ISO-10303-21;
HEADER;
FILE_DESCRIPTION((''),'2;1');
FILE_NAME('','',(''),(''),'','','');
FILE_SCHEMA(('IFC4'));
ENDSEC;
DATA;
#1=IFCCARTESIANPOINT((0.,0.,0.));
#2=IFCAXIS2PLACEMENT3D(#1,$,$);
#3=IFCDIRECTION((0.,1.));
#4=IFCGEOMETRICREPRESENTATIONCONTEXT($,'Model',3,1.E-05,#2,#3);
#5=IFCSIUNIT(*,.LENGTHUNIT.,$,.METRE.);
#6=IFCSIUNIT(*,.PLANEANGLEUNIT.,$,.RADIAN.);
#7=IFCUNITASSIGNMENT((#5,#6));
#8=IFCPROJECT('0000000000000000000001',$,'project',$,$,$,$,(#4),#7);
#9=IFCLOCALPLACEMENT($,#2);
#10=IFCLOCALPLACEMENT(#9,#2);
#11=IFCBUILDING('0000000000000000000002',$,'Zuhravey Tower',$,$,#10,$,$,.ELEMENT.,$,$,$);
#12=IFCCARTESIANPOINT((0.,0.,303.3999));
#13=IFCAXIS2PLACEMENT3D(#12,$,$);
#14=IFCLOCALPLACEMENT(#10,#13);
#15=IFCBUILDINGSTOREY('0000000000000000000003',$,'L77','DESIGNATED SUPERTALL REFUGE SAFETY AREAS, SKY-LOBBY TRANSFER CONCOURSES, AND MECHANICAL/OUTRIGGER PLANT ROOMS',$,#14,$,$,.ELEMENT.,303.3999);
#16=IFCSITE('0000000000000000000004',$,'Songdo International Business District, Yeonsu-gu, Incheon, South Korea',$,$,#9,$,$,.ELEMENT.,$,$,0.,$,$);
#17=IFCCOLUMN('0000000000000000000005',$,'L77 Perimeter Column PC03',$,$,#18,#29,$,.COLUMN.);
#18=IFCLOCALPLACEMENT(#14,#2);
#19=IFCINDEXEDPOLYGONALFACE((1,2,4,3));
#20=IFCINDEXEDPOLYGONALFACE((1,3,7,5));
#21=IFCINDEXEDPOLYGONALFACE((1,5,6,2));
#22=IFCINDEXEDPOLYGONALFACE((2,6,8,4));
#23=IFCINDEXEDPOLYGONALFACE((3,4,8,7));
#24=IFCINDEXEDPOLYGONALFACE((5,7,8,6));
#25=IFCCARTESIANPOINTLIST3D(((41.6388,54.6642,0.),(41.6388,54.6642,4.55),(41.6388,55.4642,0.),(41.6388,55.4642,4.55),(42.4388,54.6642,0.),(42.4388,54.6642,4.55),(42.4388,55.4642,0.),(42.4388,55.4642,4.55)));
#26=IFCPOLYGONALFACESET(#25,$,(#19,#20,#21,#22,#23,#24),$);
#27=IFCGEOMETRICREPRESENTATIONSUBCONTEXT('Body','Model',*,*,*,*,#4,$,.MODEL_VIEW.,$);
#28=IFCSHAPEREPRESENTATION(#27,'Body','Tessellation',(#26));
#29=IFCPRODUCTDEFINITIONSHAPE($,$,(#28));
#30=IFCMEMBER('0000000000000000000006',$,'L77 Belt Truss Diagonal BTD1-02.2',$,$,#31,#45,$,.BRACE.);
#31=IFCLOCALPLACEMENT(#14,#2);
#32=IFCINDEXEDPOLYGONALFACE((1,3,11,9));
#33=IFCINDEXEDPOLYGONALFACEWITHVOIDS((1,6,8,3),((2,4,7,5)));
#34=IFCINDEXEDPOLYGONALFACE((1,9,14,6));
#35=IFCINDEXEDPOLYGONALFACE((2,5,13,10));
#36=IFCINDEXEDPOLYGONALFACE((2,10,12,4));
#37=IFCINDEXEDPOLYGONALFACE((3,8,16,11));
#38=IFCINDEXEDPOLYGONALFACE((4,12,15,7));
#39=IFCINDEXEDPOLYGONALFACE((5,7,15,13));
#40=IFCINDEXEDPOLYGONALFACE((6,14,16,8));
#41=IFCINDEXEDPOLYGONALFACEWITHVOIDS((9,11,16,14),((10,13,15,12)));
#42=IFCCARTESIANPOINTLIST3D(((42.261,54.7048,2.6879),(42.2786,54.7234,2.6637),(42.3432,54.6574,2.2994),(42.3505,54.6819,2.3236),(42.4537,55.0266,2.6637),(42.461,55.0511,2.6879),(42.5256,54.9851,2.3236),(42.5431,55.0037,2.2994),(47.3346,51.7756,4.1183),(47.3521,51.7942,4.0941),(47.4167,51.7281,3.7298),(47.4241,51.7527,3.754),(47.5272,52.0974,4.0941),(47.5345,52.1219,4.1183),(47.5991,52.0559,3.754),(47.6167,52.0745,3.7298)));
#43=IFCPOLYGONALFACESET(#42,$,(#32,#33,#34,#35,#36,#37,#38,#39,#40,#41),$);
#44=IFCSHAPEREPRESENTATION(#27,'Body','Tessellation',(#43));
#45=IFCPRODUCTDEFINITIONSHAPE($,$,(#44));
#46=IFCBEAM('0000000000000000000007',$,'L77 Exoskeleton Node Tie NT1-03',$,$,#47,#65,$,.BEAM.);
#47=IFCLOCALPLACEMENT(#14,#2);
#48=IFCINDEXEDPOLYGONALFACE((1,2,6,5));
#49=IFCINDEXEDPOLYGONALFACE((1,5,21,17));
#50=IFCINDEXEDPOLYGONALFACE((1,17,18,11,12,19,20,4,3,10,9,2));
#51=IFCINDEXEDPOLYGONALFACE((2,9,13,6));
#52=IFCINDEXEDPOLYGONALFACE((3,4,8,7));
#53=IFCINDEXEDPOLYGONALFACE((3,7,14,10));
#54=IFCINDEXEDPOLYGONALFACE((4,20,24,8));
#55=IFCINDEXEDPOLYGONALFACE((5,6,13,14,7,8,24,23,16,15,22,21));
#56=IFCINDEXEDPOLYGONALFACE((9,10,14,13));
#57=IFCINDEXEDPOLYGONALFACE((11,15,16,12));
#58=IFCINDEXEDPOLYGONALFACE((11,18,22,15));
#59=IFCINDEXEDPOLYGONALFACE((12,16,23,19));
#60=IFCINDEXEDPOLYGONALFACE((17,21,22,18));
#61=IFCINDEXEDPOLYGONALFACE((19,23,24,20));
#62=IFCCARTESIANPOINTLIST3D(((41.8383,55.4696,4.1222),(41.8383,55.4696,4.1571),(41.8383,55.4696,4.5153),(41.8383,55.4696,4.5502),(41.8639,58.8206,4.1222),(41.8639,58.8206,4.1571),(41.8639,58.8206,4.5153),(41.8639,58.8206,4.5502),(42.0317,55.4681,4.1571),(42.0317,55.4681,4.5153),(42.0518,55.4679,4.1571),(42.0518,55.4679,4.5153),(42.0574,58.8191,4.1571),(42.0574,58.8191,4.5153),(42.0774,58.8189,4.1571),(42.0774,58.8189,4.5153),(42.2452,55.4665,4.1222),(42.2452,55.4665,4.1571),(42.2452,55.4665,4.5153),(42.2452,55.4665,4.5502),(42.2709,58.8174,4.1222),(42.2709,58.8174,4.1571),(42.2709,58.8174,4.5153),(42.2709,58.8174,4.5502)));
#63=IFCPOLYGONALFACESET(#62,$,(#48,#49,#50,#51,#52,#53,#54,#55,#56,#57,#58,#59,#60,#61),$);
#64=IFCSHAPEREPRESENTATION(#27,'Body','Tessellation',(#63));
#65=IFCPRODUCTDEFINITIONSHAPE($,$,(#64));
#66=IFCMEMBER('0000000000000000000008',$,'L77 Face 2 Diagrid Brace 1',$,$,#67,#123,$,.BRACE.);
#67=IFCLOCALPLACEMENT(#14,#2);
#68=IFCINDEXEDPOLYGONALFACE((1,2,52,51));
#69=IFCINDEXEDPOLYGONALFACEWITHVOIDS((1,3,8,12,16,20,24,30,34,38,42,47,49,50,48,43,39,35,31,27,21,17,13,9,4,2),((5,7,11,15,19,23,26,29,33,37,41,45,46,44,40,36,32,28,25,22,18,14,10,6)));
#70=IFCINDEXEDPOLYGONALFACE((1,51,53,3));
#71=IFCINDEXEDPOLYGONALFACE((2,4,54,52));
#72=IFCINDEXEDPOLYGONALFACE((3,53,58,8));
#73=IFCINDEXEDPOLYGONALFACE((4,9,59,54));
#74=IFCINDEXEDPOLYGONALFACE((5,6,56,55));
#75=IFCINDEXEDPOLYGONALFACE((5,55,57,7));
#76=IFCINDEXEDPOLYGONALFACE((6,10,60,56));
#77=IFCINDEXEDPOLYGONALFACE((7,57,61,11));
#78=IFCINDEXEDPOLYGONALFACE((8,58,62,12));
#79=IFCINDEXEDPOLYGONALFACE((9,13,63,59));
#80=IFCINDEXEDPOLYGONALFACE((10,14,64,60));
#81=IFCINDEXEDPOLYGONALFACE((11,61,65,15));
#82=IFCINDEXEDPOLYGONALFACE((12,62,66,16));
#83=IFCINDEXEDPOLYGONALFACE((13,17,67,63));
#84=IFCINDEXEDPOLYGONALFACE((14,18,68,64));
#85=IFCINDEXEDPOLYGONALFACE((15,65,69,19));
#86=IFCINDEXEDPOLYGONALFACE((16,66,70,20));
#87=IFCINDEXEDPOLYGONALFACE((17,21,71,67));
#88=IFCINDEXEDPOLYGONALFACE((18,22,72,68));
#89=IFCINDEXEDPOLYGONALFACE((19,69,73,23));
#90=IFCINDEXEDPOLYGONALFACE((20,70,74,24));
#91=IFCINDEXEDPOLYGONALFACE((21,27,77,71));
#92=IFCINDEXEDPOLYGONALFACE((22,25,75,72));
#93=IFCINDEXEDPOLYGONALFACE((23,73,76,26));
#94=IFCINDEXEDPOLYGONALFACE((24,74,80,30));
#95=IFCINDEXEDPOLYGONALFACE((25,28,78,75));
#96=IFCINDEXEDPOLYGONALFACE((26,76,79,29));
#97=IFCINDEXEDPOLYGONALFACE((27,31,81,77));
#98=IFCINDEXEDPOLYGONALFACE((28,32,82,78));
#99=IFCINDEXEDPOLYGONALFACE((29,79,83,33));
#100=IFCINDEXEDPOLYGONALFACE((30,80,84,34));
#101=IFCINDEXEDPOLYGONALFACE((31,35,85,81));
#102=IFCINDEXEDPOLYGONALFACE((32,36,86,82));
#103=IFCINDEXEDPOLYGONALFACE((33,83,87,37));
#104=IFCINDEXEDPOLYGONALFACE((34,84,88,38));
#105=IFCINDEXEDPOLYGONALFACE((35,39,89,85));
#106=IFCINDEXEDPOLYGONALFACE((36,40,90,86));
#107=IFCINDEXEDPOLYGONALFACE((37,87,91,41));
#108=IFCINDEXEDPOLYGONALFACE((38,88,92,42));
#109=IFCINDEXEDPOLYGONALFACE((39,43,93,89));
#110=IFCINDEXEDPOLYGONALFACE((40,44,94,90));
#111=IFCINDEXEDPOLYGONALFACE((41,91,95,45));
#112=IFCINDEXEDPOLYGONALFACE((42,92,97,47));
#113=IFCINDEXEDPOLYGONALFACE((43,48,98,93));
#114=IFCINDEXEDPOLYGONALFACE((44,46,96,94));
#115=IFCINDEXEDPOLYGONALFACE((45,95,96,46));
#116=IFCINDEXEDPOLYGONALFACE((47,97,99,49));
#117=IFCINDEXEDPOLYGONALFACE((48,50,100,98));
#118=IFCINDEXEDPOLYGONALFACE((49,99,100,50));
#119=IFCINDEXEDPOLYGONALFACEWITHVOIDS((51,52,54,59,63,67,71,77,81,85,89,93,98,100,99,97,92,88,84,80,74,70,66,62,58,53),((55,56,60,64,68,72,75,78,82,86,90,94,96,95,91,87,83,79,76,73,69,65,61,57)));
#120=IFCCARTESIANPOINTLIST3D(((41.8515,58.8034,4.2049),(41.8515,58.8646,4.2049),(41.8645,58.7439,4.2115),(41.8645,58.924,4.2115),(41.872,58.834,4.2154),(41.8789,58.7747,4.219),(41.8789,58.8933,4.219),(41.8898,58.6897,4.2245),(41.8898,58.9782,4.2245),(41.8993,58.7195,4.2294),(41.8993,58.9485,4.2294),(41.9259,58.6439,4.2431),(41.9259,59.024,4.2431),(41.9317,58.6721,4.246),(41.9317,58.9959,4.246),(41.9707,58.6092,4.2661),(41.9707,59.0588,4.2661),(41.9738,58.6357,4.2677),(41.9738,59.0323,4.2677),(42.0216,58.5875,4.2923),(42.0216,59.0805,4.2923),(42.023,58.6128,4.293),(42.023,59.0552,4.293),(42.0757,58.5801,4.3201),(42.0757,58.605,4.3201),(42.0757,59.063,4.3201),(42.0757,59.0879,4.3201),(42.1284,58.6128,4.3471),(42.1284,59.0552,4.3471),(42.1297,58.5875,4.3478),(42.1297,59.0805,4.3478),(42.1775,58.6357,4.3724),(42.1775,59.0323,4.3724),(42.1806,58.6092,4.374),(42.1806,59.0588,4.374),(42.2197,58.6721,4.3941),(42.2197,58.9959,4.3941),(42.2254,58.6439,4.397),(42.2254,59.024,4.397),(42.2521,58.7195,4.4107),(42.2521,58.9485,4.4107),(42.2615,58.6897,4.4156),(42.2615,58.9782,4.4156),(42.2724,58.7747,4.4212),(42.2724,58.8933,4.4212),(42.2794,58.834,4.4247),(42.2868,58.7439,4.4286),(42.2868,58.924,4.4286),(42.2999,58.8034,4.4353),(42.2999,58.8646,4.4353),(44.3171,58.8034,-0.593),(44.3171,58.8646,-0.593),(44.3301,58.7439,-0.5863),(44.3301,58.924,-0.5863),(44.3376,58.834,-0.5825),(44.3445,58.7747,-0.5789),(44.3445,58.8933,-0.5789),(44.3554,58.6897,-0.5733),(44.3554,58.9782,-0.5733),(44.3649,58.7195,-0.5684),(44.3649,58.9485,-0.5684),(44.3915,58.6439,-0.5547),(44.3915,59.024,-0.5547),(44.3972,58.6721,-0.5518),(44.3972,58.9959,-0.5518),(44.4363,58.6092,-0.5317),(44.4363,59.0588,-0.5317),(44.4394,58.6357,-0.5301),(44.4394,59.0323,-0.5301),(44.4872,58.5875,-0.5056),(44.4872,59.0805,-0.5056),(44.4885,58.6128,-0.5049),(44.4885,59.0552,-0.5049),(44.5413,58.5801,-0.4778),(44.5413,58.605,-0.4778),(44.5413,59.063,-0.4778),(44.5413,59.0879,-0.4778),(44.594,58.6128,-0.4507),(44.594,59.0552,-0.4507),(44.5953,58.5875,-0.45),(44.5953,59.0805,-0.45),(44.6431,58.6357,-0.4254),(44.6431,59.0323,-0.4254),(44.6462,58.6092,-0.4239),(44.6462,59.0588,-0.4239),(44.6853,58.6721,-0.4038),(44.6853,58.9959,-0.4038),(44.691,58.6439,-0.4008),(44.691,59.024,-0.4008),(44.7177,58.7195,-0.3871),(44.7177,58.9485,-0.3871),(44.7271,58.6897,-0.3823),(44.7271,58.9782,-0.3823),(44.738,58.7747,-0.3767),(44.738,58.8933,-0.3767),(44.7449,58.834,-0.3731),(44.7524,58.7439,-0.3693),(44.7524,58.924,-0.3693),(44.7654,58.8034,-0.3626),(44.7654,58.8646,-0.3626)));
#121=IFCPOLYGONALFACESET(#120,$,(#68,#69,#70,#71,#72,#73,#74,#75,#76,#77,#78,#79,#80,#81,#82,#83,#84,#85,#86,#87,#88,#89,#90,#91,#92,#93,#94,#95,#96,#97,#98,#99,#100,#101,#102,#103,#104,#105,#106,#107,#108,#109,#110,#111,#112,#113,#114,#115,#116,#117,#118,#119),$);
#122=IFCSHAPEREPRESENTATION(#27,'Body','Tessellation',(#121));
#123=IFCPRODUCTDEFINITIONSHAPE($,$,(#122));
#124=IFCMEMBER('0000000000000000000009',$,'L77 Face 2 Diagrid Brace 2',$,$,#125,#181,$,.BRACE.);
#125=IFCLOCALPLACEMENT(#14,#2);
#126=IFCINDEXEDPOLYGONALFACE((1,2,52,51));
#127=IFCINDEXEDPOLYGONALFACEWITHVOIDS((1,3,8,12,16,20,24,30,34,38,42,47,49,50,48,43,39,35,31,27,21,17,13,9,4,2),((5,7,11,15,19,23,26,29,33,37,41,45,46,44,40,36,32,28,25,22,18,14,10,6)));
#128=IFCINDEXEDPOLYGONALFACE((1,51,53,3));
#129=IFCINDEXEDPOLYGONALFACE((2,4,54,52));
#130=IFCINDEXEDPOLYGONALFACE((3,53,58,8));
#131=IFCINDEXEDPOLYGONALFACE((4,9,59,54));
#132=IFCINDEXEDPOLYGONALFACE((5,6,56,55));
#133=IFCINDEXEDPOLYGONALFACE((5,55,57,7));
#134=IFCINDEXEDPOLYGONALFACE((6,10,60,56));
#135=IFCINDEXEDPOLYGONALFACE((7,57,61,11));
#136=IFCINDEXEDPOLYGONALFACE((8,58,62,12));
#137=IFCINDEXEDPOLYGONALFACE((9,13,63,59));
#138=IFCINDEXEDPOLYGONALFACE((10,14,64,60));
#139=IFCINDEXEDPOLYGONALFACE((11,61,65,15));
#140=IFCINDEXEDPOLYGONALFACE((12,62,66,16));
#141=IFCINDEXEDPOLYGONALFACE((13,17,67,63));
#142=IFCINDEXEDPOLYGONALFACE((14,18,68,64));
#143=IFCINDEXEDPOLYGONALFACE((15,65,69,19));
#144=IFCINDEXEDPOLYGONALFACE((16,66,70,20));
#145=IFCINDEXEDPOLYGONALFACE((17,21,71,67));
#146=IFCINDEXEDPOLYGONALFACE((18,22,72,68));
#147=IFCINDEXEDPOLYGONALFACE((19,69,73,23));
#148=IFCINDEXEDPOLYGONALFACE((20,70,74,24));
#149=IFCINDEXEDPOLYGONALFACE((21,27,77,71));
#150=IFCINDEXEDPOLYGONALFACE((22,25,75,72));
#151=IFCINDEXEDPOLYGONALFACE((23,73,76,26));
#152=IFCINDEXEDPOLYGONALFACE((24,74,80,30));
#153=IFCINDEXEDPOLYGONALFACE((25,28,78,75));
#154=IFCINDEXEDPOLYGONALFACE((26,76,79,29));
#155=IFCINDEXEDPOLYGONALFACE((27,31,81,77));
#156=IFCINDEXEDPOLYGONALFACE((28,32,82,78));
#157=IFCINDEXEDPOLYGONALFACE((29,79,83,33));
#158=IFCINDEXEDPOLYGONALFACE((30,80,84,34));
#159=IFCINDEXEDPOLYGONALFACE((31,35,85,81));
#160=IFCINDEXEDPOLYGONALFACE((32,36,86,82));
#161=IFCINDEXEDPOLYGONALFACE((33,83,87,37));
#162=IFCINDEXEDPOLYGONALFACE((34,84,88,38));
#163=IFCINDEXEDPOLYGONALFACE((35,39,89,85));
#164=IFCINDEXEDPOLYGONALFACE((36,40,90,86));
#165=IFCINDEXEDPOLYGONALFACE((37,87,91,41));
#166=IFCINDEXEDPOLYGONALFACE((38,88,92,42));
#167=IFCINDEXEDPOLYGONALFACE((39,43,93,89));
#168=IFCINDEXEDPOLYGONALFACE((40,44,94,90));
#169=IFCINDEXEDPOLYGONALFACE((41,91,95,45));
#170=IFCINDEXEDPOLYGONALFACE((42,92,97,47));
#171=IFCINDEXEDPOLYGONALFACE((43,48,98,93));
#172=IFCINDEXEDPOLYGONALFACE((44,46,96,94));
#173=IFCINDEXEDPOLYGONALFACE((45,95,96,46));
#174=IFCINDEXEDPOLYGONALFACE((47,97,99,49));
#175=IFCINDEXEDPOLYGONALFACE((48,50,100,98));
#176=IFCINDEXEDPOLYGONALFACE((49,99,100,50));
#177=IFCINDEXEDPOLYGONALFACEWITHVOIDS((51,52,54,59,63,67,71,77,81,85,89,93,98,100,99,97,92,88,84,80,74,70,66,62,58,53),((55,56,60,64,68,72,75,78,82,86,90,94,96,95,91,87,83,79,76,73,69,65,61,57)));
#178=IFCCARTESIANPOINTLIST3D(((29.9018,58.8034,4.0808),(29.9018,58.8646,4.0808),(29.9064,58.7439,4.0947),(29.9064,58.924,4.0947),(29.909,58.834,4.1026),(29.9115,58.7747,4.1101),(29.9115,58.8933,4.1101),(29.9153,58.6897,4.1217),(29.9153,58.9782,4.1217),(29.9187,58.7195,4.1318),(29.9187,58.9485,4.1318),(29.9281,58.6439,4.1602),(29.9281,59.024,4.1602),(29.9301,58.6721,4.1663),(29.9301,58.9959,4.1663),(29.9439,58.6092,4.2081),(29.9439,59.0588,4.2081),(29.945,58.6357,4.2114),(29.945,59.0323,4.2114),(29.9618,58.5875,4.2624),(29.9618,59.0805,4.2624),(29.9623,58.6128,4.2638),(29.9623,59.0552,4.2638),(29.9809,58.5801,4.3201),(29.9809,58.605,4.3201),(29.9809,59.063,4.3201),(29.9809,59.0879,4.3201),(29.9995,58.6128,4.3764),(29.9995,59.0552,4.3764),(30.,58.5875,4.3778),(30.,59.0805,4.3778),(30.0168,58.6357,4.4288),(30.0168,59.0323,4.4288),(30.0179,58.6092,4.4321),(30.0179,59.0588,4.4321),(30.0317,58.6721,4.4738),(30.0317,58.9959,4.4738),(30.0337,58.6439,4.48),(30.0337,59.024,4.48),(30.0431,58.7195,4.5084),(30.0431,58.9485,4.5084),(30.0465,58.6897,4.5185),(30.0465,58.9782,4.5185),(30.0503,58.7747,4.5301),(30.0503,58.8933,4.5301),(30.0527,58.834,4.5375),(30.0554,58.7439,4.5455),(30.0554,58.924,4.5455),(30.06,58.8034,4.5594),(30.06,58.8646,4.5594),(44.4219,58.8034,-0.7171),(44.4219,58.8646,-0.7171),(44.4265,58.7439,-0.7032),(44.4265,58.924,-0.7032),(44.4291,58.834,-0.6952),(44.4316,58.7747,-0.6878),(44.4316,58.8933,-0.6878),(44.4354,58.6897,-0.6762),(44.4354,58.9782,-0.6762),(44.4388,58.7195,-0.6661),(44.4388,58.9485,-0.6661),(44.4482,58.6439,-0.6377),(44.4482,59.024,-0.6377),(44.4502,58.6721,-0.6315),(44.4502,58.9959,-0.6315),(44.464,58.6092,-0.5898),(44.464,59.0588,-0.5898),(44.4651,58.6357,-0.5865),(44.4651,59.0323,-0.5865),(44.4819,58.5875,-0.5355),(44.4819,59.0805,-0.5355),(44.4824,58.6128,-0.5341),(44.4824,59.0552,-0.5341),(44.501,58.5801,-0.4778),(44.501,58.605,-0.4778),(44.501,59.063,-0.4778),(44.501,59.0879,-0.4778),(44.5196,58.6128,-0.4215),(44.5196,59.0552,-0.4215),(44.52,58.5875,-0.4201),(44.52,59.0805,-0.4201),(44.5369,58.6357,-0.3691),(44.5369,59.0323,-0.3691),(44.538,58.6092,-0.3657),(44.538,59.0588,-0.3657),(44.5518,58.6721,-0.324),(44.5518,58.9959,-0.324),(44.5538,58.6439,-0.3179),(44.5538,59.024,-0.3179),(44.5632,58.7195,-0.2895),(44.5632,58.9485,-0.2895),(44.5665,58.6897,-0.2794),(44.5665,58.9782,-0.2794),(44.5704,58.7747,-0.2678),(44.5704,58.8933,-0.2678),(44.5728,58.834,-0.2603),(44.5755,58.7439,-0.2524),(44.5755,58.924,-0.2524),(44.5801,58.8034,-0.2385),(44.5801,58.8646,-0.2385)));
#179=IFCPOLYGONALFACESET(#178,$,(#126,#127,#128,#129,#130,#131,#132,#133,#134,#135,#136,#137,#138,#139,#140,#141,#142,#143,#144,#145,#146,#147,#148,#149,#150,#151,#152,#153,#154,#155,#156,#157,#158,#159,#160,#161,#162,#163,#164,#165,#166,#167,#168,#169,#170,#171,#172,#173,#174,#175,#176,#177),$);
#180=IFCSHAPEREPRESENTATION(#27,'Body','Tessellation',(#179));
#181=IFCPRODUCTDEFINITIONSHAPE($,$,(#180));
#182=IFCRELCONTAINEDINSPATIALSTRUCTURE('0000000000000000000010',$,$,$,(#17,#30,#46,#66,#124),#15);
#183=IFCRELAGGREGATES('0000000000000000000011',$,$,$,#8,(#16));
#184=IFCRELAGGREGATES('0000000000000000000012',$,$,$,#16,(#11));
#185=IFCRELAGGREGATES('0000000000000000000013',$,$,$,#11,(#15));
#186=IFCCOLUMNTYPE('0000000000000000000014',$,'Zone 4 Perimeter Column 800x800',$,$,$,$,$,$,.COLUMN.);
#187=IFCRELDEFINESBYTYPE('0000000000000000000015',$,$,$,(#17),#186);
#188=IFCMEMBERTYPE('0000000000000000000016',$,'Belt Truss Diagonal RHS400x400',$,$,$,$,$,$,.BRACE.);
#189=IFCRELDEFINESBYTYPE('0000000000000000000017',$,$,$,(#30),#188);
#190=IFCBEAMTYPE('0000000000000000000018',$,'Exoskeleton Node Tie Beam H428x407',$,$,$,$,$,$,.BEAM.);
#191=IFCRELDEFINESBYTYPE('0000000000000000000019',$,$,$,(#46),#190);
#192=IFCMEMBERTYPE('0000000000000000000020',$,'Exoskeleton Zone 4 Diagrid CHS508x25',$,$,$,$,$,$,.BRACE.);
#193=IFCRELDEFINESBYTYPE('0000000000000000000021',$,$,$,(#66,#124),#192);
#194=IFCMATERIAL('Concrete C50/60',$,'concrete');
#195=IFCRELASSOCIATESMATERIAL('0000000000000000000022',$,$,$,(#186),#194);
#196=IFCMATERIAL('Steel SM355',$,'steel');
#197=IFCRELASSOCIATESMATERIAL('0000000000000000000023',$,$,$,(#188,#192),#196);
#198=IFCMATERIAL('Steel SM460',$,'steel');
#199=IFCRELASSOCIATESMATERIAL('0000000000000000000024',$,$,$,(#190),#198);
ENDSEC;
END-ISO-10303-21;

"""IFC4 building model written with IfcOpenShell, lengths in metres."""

from ifc_helpers import new_model, si_unit, direction, frame, origin, origin_2d, place, context, subcontext, project, spatial, rectangle, hollow_rectangle, hollow_circle, i_section, extrude, material, material_profile, profile_set, type_object, element, save


model = new_model("IFC4")

# Units and contexts
model_context = context("Model", 3, precision=1e-05, world=origin(), true_north=direction((0.0, 1.0)))
body_context = subcontext(model_context, "Body", "Model", "MODEL_VIEW")
ifc_project = project(units=[si_unit("LENGTHUNIT", "METRE"), si_unit("PLANEANGLEUNIT", "RADIAN")], contexts=[model_context])

# Site, building, storey
site_placement = place(None, origin())
site = spatial("IfcSite", under=ifc_project, at=site_placement, Name="Songdo International Business District, Yeonsu-gu, Incheon, South Korea", CompositionType="ELEMENT", RefElevation=0.0)
building_placement = place(site_placement, origin())
building = spatial("IfcBuilding", under=site, at=building_placement, Name="Zuhravey Tower", CompositionType="ELEMENT")
storey_placement = place(building_placement, frame((0.0, 0.0, 303.3999)))
storey = spatial("IfcBuildingStorey", under=building, at=storey_placement, Name="L77", Description="DESIGNATED SUPERTALL REFUGE SAFETY AREAS, SKY-LOBBY TRANSFER CONCOURSES, AND MECHANICAL/OUTRIGGER PLANT ROOMS", CompositionType="ELEMENT", Elevation=303.3999)

# Column
ifc_material_1 = material(Name="Concrete C50/60", Category="concrete")
ifc_material_profile_1 = material_profile(ifc_material_1, rectangle(XDim=0.8, YDim=0.8, at=origin_2d()), Name="RC-800x800")
ifc_profile_set_1 = profile_set([ifc_material_profile_1], Name="Concrete C50/60")
column_type = type_object("IfcColumnType", Name="Zone 4 Perimeter Column 800x800", PredefinedType="COLUMN", material=ifc_profile_set_1)
column_placement = place(storey_placement, frame((42.0388, 55.0642, 0.0), z_axis=(0.0, 0.0, 1.0), x_axis=(-1.0, 0.0, 0.0)))
element("IfcColumn", 1, at=column_placement, inside=storey, type_object=column_type, Name="L77 Perimeter Column PC03", PredefinedType="COLUMN", context=body_context, shape_type="SweptSolid", body=[
    extrude(rectangle(XDim=0.8, YDim=0.8, at=origin_2d()), origin(), (0.0, 0.0, 1.0), 4.55),
])

# Member
ifc_material_2 = material(Name="Steel SM355", Category="steel")
ifc_material_profile_2 = material_profile(ifc_material_2, hollow_rectangle(XDim=0.3999, YDim=0.3999, WallThickness=0.0249, at=origin_2d()), Name="RHS-400x400x25")
ifc_profile_set_2 = profile_set([ifc_material_profile_2], Name="Steel SM355")
member_type_1 = type_object("IfcMemberType", Name="Belt Truss Diagonal RHS400x400", PredefinedType="BRACE", material=ifc_profile_set_2)
member_1_placement = place(storey_placement, frame((42.4021, 54.8542, 2.4937), z_axis=(0.841309, -0.485733, 0.237199), x_axis=(0.500003, 0.866024, 0.0)))
element("IfcMember", 2, at=member_1_placement, inside=storey, type_object=member_type_1, Name="L77 Belt Truss Diagonal BTD1-02.2", PredefinedType="BRACE", context=body_context, shape_type="SweptSolid", body=[
    extrude(hollow_rectangle(XDim=0.3999, YDim=0.3999, WallThickness=0.0249, at=origin_2d()), origin(), (0.0, 0.0, 1.0), 6.0305),
])

# Beam
ifc_material_3 = material(Name="Steel SM460", Category="steel")
ifc_material_profile_3 = material_profile(ifc_material_3, i_section(OverallWidth=0.407, OverallDepth=0.428, WebThickness=0.02, FlangeThickness=0.0349, at=origin_2d()), Name="H-428x407x20x35")
ifc_profile_set_3 = profile_set([ifc_material_profile_3], Name="Steel SM460")
beam_type_1 = type_object("IfcBeamType", Name="Exoskeleton Node Tie Beam H428x407", PredefinedType="BEAM", material=ifc_profile_set_3)
beam_1_placement = place(storey_placement, frame((42.0417, 55.468, 4.3362), z_axis=(0.007649, 0.999971, 0.0), x_axis=(-0.999971, 0.007649, 0.0)))
element("IfcBeam", 3, at=beam_1_placement, inside=storey, type_object=beam_type_1, Name="L77 Exoskeleton Node Tie NT1-03", PredefinedType="BEAM", context=body_context, shape_type="SweptSolid", body=[
    extrude(i_section(OverallWidth=0.407, OverallDepth=0.428, WebThickness=0.02, FlangeThickness=0.0349, at=origin_2d()), origin(), (0.0, 0.0, 1.0), 3.3511),
])

# Members
ifc_material_profile_4 = material_profile(ifc_material_2, hollow_circle(Radius=0.2539, WallThickness=0.0249, at=origin_2d()), Name="CHS-508.0x25")
ifc_profile_set_4 = profile_set([ifc_material_profile_4], Name="Steel SM355")
member_type_2 = type_object("IfcMemberType", Name="Exoskeleton Zone 4 Diagrid CHS508x25", PredefinedType="BRACE", material=ifc_profile_set_4)
member_2_placement = place(storey_placement, frame((44.5413, 58.834, -0.4778), z_axis=(-0.457071, 0.0, 0.88943), x_axis=(0.0, -1.0, 0.0)))
element("IfcMember", 4, at=member_2_placement, inside=storey, type_object=member_type_2, Name="L77 Face 2 Diagrid Brace 1", PredefinedType="BRACE", context=body_context, shape_type="SweptSolid", body=[
    extrude(hollow_circle(Radius=0.2539, WallThickness=0.0249, at=origin_2d()), origin(), (0.0, 0.0, 1.0), 5.3943),
])
member_3_placement = place(storey_placement, frame((44.501, 58.834, -0.4778), z_axis=(-0.949507, 0.0, 0.313746), x_axis=(0.0, -1.0, 0.0)))
element("IfcMember", 5, at=member_3_placement, inside=storey, type_object=member_type_2, Name="L77 Face 2 Diagrid Brace 2", PredefinedType="BRACE", context=body_context, shape_type="SweptSolid", body=[
    extrude(hollow_circle(Radius=0.2539, WallThickness=0.0249, at=origin_2d()), origin(), (0.0, 0.0, 1.0), 15.2922),
])

save(model, "model.ifc")
